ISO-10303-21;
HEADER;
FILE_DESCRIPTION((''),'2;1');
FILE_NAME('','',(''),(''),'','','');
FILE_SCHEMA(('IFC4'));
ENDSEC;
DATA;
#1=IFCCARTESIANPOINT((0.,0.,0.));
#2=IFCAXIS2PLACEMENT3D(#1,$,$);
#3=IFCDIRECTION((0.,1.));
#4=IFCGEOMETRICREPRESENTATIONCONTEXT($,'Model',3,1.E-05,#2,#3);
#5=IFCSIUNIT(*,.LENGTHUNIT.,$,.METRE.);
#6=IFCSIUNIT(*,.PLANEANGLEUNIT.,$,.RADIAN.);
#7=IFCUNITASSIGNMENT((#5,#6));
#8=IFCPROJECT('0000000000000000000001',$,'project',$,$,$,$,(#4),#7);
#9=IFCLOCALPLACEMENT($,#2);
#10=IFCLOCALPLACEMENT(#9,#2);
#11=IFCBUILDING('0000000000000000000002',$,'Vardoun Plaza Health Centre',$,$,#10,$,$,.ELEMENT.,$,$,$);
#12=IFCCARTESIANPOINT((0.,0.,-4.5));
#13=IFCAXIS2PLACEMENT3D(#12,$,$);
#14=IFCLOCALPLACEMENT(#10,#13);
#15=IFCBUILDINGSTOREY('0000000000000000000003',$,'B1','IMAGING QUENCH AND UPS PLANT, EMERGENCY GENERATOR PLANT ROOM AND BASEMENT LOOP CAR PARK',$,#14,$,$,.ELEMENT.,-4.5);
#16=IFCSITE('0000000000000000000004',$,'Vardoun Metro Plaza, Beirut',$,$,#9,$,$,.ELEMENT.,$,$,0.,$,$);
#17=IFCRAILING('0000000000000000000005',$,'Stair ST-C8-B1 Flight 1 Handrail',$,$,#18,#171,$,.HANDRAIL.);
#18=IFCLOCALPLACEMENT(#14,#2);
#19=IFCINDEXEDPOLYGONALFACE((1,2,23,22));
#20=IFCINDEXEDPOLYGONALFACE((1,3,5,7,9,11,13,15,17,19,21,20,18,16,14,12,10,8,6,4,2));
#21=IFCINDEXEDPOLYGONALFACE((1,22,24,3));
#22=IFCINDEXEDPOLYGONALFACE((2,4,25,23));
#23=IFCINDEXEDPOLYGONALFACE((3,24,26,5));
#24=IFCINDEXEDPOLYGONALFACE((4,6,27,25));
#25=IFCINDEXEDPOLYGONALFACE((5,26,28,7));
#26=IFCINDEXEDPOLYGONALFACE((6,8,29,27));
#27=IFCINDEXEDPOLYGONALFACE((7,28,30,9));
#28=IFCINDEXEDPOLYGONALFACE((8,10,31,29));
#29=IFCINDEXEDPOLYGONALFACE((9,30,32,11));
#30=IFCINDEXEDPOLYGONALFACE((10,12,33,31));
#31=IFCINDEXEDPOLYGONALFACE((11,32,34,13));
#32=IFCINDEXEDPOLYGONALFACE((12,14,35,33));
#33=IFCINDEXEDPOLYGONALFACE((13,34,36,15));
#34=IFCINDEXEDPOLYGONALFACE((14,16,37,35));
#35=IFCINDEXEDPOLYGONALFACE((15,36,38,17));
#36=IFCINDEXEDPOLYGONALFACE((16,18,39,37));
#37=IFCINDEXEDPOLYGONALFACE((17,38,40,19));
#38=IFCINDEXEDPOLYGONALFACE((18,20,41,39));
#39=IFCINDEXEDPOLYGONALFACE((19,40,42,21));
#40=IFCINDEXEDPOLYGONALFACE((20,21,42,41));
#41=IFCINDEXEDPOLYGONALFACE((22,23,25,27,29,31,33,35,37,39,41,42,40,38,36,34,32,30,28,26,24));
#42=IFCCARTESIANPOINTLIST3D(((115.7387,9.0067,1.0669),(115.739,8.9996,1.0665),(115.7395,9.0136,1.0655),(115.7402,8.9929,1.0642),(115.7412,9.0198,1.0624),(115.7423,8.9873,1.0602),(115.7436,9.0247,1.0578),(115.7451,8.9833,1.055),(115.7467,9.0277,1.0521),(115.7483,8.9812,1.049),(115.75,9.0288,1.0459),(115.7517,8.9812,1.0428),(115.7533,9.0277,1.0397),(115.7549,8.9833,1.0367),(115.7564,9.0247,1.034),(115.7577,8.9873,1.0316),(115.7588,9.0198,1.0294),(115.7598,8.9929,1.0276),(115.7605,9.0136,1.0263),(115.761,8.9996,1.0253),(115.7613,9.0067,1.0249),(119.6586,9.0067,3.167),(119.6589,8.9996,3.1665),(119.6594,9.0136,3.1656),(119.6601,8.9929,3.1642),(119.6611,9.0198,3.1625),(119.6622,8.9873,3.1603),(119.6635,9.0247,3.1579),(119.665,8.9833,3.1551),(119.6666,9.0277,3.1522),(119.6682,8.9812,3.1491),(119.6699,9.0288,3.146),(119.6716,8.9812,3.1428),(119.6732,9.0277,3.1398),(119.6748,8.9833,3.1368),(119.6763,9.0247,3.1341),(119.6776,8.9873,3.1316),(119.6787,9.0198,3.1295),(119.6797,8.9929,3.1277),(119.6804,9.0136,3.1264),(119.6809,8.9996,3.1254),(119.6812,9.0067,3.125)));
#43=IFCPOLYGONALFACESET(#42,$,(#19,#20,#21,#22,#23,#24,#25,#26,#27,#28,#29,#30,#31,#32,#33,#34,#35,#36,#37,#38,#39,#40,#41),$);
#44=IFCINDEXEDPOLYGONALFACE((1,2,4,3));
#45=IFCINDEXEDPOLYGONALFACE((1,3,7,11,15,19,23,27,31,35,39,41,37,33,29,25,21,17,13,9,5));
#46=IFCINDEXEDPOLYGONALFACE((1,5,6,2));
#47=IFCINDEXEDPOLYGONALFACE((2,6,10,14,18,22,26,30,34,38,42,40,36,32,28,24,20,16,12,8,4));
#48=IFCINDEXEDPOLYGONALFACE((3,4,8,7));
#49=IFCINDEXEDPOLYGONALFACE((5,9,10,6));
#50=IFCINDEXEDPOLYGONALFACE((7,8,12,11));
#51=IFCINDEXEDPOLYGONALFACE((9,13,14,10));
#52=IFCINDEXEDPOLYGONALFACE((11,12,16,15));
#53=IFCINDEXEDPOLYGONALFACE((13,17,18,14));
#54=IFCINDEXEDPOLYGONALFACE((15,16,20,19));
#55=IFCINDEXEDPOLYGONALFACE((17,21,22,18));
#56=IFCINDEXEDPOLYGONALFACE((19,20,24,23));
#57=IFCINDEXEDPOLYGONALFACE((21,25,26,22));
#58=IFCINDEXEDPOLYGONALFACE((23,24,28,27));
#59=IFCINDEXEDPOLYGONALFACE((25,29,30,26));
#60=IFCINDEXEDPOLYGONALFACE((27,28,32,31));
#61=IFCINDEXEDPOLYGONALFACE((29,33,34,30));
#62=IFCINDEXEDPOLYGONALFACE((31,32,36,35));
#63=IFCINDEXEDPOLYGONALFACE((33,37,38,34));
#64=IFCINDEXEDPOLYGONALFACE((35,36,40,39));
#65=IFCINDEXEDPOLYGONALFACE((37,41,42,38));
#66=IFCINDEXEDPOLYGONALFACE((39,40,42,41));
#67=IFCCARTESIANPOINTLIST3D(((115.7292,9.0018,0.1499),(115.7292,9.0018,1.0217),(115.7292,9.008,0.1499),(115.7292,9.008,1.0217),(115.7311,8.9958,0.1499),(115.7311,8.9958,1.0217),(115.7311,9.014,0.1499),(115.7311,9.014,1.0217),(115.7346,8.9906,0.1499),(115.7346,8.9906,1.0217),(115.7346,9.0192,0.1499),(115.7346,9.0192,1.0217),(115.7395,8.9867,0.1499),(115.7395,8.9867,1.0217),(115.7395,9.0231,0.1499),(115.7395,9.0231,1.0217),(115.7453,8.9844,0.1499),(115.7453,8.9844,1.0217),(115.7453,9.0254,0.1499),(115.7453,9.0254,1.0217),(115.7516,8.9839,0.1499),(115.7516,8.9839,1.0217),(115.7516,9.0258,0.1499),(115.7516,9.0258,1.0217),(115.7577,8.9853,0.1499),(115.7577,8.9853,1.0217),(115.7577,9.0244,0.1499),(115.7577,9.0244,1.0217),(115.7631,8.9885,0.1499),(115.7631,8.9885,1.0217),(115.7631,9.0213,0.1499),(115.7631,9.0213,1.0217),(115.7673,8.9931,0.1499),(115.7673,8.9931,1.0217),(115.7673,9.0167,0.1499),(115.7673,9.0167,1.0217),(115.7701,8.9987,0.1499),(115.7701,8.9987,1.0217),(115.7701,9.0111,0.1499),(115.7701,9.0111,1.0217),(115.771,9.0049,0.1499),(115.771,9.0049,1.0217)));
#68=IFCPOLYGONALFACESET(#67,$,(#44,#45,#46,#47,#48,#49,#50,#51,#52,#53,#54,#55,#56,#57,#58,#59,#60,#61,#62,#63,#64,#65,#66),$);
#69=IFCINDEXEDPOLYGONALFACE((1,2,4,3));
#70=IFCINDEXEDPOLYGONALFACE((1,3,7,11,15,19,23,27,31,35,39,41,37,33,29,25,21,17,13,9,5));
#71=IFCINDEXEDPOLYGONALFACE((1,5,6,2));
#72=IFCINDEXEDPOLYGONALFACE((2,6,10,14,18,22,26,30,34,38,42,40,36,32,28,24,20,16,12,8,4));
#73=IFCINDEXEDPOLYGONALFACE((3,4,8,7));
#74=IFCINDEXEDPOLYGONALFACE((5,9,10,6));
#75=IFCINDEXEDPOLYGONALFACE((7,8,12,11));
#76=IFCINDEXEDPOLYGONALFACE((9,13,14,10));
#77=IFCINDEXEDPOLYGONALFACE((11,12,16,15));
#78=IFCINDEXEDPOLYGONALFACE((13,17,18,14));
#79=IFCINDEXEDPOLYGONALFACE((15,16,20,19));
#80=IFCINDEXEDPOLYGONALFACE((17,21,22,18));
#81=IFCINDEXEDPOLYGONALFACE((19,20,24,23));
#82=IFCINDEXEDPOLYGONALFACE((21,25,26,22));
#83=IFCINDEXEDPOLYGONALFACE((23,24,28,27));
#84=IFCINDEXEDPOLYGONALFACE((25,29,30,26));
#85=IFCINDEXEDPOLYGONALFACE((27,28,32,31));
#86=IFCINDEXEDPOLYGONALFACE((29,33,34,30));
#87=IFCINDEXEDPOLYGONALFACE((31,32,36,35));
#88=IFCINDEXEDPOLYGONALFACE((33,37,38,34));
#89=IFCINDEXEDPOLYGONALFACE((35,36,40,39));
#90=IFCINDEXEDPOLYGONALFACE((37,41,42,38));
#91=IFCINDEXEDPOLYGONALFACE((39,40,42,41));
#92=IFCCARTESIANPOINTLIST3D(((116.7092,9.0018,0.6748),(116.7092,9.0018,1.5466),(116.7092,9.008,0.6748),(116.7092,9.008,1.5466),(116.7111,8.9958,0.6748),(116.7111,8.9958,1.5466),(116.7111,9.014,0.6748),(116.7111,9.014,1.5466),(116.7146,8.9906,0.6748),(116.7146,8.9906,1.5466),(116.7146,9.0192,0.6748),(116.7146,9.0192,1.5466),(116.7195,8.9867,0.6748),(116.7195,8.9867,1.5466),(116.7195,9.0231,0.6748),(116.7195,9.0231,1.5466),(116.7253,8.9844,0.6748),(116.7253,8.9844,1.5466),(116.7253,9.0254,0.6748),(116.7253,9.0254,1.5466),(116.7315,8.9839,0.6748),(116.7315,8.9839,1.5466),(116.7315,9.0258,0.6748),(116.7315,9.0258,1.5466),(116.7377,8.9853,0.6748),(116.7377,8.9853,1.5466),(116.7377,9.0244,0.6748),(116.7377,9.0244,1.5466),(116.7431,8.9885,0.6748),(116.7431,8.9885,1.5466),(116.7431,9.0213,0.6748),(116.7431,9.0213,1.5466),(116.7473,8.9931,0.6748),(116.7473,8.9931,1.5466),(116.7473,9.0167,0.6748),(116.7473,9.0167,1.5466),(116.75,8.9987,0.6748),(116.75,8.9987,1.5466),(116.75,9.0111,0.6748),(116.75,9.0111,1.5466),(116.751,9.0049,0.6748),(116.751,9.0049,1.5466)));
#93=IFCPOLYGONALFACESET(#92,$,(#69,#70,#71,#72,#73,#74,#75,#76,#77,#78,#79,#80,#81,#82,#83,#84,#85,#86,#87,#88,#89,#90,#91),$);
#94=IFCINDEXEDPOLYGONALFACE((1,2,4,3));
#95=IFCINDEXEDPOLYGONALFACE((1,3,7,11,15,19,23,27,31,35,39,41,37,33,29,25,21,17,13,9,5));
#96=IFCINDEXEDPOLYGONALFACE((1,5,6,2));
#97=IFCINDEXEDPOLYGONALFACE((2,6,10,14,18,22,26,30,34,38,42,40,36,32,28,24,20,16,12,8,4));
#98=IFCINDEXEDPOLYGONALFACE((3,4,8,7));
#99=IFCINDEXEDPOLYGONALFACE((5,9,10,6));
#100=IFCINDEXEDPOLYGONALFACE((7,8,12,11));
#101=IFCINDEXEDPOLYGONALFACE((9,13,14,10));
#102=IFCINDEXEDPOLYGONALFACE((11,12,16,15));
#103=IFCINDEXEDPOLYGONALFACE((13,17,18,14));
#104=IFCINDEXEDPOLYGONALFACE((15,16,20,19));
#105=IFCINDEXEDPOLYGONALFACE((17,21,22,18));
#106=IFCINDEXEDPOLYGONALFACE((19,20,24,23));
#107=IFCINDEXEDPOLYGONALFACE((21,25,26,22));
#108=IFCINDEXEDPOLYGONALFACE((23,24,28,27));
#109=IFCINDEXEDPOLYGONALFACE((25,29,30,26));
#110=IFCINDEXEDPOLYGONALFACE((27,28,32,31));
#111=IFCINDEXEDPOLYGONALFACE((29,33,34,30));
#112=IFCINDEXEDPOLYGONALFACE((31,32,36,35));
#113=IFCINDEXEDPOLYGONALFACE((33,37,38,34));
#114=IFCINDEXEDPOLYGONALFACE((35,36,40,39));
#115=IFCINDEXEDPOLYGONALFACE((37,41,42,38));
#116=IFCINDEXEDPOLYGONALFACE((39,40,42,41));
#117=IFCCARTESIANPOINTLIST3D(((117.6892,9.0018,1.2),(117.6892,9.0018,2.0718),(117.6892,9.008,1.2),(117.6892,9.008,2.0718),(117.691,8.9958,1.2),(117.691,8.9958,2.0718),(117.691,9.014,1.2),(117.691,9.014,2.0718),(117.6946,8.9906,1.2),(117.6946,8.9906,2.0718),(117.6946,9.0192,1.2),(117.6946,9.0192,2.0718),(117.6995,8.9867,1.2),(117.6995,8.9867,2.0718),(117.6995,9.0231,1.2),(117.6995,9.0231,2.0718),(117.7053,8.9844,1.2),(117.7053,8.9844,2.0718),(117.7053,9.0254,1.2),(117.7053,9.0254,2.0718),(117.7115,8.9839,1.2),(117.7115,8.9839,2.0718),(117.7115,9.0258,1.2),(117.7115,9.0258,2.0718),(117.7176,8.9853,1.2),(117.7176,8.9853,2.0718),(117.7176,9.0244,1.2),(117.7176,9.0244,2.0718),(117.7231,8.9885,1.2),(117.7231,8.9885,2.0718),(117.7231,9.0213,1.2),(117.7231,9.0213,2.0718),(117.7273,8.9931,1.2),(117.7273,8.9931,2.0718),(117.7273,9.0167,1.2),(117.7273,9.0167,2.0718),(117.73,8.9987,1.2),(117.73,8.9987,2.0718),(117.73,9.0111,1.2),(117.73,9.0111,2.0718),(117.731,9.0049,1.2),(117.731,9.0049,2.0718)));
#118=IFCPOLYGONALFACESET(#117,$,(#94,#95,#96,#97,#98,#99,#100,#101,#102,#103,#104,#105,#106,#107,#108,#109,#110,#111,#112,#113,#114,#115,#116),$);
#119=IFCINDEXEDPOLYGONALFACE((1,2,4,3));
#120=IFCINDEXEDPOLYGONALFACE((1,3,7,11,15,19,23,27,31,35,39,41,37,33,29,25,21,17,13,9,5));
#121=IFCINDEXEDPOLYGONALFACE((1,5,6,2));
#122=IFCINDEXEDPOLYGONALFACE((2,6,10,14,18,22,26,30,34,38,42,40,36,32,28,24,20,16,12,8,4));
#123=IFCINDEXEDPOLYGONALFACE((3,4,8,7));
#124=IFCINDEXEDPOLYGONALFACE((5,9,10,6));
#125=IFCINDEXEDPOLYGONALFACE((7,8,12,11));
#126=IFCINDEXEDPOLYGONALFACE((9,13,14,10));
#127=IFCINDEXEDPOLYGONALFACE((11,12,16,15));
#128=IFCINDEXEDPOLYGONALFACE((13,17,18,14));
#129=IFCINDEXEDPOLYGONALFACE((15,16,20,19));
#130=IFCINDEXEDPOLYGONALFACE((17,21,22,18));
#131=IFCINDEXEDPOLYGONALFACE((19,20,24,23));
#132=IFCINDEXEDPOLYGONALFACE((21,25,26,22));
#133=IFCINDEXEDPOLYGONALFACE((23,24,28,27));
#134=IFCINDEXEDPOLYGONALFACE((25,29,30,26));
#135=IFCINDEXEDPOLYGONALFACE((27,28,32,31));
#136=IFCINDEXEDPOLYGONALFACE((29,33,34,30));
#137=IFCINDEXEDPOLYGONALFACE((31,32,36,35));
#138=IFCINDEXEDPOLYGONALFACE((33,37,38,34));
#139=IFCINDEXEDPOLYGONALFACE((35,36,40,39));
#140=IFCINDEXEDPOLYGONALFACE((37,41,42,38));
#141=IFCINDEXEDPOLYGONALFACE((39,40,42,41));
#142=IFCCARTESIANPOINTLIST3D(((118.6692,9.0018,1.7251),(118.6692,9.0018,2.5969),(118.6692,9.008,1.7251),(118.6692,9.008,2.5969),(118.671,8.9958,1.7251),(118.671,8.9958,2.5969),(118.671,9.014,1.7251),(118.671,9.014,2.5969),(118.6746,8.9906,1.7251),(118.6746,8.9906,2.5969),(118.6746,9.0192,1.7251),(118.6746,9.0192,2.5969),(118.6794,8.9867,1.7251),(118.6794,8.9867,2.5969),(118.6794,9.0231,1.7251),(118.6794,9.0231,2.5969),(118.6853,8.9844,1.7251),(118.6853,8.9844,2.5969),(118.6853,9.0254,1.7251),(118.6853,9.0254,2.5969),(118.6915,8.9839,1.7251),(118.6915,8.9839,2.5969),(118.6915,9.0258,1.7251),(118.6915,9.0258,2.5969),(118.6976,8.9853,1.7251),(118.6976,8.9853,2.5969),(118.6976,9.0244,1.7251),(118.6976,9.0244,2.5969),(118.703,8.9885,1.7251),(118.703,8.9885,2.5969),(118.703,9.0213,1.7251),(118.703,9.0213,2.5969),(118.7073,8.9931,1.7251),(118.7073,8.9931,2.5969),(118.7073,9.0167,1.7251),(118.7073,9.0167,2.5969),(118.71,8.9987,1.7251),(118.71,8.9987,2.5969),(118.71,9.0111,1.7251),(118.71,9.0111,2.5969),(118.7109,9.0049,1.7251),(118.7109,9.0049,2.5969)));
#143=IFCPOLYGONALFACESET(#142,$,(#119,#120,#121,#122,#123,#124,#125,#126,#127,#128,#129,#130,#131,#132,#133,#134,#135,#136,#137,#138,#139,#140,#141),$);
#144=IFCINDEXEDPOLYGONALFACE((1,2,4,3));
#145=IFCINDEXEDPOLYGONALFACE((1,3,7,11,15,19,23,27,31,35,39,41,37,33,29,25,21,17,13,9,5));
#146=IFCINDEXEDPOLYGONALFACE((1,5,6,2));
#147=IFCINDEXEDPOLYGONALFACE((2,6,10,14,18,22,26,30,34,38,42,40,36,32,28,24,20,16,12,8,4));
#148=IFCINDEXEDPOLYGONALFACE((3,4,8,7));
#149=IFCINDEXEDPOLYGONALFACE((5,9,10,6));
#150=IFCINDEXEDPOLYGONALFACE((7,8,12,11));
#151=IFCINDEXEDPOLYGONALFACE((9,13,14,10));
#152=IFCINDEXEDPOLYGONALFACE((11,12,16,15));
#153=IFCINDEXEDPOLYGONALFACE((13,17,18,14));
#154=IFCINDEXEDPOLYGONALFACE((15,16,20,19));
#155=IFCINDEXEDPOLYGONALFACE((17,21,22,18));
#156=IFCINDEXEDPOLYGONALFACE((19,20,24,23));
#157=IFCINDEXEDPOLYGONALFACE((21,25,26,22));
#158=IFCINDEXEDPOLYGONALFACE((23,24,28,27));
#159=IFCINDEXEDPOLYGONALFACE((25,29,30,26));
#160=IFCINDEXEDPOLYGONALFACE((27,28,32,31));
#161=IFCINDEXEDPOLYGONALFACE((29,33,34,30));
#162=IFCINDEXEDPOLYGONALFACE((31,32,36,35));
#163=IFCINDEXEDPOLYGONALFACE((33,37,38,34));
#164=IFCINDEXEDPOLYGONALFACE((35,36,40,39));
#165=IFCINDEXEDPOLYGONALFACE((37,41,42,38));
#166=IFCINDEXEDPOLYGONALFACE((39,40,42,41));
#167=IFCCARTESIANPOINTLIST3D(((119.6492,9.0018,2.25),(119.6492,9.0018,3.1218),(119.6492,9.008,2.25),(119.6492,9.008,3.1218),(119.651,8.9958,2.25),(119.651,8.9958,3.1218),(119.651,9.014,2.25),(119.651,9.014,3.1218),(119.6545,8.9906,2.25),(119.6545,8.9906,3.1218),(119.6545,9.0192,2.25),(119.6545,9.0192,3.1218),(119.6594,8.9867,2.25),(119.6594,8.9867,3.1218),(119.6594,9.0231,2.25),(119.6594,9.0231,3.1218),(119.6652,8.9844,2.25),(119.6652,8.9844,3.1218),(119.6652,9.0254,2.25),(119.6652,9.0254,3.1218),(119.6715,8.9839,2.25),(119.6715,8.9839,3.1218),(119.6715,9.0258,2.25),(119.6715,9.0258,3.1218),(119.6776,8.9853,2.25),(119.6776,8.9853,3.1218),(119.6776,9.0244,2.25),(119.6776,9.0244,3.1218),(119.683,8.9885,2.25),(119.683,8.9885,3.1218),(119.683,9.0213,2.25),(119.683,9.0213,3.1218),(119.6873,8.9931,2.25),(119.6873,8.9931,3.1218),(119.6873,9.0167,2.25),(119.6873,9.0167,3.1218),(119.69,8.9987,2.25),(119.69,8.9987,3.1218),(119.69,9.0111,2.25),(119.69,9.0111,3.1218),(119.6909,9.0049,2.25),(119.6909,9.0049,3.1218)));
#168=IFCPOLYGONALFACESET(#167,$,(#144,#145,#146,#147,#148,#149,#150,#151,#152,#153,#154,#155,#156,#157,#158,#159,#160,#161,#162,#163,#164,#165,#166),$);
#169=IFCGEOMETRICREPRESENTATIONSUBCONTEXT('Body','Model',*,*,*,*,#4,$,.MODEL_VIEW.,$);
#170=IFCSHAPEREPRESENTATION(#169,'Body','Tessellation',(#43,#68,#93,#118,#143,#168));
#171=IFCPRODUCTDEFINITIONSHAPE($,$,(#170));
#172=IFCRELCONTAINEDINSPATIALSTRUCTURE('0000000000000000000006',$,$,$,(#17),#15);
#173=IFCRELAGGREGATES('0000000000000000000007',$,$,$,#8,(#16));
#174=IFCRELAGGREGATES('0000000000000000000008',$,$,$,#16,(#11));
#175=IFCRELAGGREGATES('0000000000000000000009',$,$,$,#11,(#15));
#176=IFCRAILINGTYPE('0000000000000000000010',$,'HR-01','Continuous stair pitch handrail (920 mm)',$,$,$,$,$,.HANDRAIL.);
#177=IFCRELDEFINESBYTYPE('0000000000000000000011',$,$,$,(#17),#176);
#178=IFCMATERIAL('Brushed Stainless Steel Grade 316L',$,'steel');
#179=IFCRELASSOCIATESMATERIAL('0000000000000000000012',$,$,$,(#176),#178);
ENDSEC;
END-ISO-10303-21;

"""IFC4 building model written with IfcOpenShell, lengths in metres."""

from ifc_helpers import new_model, si_unit, direction, frame, origin, origin_2d, place, context, subcontext, project, spatial, circle, extrude, material, type_object, element, save


model = new_model("IFC4")

# Units and contexts
model_context = context("Model", 3, precision=1e-05, world=origin(), true_north=direction((0.0, 1.0)))
body_context = subcontext(model_context, "Body", "Model", "MODEL_VIEW")
ifc_project = project(units=[si_unit("LENGTHUNIT", "METRE"), si_unit("PLANEANGLEUNIT", "RADIAN")], contexts=[model_context])

# Site, building, storey
site_placement = place(None, origin())
site = spatial("IfcSite", under=ifc_project, at=site_placement, Name="Vardoun Metro Plaza, Beirut", CompositionType="ELEMENT", RefElevation=0.0)
building_placement = place(site_placement, origin())
building = spatial("IfcBuilding", under=site, at=building_placement, Name="Vardoun Plaza Health Centre", CompositionType="ELEMENT")
storey_placement = place(building_placement, frame((0.0, 0.0, -4.5)))
storey = spatial("IfcBuildingStorey", under=building, at=storey_placement, Name="B1", Description="IMAGING QUENCH AND UPS PLANT, EMERGENCY GENERATOR PLANT ROOM AND BASEMENT LOOP CAR PARK", CompositionType="ELEMENT", Elevation=-4.5)

# Railing
ifc_material_1 = material(Name="Brushed Stainless Steel Grade 316L", Category="steel")
railing_type_1 = type_object("IfcRailingType", Name="HR-01", Description="Continuous stair pitch handrail (920 mm)", PredefinedType="HANDRAIL", material=ifc_material_1)
railing_1_placement = place(storey_placement, frame((115.75, 9.0049, 0.1499)))
element("IfcRailing", 1, at=railing_1_placement, inside=storey, type_object=railing_type_1, Name="Stair ST-C8-B1 Flight 1 Handrail", PredefinedType="HANDRAIL", context=body_context, shape_type="SweptSolid", body=[
    extrude(circle(Radius=0.0239, at=origin_2d()), frame((0.0, 0.0, 0.896), z_axis=(0.881467, 0.0, 0.472246), x_axis=(0.0, 1.0, 0.0)), (0.0, 0.0, 1.0), 4.447),
    extrude(circle(Radius=0.021, at=origin_2d()), origin(), (0.0, 0.0, 1.0), 0.8718),
    extrude(circle(Radius=0.021, at=origin_2d()), frame((0.98, 0.0, 0.5249)), (0.0, 0.0, 1.0), 0.8718),
    extrude(circle(Radius=0.021, at=origin_2d()), frame((1.96, 0.0, 1.05)), (0.0, 0.0, 1.0), 0.8718),
    extrude(circle(Radius=0.021, at=origin_2d()), frame((2.9399, 0.0, 1.5752)), (0.0, 0.0, 1.0), 0.8718),
    extrude(circle(Radius=0.021, at=origin_2d()), frame((3.9199, 0.0, 2.1001)), (0.0, 0.0, 1.0), 0.8718),
])

save(model, "model.ifc")
